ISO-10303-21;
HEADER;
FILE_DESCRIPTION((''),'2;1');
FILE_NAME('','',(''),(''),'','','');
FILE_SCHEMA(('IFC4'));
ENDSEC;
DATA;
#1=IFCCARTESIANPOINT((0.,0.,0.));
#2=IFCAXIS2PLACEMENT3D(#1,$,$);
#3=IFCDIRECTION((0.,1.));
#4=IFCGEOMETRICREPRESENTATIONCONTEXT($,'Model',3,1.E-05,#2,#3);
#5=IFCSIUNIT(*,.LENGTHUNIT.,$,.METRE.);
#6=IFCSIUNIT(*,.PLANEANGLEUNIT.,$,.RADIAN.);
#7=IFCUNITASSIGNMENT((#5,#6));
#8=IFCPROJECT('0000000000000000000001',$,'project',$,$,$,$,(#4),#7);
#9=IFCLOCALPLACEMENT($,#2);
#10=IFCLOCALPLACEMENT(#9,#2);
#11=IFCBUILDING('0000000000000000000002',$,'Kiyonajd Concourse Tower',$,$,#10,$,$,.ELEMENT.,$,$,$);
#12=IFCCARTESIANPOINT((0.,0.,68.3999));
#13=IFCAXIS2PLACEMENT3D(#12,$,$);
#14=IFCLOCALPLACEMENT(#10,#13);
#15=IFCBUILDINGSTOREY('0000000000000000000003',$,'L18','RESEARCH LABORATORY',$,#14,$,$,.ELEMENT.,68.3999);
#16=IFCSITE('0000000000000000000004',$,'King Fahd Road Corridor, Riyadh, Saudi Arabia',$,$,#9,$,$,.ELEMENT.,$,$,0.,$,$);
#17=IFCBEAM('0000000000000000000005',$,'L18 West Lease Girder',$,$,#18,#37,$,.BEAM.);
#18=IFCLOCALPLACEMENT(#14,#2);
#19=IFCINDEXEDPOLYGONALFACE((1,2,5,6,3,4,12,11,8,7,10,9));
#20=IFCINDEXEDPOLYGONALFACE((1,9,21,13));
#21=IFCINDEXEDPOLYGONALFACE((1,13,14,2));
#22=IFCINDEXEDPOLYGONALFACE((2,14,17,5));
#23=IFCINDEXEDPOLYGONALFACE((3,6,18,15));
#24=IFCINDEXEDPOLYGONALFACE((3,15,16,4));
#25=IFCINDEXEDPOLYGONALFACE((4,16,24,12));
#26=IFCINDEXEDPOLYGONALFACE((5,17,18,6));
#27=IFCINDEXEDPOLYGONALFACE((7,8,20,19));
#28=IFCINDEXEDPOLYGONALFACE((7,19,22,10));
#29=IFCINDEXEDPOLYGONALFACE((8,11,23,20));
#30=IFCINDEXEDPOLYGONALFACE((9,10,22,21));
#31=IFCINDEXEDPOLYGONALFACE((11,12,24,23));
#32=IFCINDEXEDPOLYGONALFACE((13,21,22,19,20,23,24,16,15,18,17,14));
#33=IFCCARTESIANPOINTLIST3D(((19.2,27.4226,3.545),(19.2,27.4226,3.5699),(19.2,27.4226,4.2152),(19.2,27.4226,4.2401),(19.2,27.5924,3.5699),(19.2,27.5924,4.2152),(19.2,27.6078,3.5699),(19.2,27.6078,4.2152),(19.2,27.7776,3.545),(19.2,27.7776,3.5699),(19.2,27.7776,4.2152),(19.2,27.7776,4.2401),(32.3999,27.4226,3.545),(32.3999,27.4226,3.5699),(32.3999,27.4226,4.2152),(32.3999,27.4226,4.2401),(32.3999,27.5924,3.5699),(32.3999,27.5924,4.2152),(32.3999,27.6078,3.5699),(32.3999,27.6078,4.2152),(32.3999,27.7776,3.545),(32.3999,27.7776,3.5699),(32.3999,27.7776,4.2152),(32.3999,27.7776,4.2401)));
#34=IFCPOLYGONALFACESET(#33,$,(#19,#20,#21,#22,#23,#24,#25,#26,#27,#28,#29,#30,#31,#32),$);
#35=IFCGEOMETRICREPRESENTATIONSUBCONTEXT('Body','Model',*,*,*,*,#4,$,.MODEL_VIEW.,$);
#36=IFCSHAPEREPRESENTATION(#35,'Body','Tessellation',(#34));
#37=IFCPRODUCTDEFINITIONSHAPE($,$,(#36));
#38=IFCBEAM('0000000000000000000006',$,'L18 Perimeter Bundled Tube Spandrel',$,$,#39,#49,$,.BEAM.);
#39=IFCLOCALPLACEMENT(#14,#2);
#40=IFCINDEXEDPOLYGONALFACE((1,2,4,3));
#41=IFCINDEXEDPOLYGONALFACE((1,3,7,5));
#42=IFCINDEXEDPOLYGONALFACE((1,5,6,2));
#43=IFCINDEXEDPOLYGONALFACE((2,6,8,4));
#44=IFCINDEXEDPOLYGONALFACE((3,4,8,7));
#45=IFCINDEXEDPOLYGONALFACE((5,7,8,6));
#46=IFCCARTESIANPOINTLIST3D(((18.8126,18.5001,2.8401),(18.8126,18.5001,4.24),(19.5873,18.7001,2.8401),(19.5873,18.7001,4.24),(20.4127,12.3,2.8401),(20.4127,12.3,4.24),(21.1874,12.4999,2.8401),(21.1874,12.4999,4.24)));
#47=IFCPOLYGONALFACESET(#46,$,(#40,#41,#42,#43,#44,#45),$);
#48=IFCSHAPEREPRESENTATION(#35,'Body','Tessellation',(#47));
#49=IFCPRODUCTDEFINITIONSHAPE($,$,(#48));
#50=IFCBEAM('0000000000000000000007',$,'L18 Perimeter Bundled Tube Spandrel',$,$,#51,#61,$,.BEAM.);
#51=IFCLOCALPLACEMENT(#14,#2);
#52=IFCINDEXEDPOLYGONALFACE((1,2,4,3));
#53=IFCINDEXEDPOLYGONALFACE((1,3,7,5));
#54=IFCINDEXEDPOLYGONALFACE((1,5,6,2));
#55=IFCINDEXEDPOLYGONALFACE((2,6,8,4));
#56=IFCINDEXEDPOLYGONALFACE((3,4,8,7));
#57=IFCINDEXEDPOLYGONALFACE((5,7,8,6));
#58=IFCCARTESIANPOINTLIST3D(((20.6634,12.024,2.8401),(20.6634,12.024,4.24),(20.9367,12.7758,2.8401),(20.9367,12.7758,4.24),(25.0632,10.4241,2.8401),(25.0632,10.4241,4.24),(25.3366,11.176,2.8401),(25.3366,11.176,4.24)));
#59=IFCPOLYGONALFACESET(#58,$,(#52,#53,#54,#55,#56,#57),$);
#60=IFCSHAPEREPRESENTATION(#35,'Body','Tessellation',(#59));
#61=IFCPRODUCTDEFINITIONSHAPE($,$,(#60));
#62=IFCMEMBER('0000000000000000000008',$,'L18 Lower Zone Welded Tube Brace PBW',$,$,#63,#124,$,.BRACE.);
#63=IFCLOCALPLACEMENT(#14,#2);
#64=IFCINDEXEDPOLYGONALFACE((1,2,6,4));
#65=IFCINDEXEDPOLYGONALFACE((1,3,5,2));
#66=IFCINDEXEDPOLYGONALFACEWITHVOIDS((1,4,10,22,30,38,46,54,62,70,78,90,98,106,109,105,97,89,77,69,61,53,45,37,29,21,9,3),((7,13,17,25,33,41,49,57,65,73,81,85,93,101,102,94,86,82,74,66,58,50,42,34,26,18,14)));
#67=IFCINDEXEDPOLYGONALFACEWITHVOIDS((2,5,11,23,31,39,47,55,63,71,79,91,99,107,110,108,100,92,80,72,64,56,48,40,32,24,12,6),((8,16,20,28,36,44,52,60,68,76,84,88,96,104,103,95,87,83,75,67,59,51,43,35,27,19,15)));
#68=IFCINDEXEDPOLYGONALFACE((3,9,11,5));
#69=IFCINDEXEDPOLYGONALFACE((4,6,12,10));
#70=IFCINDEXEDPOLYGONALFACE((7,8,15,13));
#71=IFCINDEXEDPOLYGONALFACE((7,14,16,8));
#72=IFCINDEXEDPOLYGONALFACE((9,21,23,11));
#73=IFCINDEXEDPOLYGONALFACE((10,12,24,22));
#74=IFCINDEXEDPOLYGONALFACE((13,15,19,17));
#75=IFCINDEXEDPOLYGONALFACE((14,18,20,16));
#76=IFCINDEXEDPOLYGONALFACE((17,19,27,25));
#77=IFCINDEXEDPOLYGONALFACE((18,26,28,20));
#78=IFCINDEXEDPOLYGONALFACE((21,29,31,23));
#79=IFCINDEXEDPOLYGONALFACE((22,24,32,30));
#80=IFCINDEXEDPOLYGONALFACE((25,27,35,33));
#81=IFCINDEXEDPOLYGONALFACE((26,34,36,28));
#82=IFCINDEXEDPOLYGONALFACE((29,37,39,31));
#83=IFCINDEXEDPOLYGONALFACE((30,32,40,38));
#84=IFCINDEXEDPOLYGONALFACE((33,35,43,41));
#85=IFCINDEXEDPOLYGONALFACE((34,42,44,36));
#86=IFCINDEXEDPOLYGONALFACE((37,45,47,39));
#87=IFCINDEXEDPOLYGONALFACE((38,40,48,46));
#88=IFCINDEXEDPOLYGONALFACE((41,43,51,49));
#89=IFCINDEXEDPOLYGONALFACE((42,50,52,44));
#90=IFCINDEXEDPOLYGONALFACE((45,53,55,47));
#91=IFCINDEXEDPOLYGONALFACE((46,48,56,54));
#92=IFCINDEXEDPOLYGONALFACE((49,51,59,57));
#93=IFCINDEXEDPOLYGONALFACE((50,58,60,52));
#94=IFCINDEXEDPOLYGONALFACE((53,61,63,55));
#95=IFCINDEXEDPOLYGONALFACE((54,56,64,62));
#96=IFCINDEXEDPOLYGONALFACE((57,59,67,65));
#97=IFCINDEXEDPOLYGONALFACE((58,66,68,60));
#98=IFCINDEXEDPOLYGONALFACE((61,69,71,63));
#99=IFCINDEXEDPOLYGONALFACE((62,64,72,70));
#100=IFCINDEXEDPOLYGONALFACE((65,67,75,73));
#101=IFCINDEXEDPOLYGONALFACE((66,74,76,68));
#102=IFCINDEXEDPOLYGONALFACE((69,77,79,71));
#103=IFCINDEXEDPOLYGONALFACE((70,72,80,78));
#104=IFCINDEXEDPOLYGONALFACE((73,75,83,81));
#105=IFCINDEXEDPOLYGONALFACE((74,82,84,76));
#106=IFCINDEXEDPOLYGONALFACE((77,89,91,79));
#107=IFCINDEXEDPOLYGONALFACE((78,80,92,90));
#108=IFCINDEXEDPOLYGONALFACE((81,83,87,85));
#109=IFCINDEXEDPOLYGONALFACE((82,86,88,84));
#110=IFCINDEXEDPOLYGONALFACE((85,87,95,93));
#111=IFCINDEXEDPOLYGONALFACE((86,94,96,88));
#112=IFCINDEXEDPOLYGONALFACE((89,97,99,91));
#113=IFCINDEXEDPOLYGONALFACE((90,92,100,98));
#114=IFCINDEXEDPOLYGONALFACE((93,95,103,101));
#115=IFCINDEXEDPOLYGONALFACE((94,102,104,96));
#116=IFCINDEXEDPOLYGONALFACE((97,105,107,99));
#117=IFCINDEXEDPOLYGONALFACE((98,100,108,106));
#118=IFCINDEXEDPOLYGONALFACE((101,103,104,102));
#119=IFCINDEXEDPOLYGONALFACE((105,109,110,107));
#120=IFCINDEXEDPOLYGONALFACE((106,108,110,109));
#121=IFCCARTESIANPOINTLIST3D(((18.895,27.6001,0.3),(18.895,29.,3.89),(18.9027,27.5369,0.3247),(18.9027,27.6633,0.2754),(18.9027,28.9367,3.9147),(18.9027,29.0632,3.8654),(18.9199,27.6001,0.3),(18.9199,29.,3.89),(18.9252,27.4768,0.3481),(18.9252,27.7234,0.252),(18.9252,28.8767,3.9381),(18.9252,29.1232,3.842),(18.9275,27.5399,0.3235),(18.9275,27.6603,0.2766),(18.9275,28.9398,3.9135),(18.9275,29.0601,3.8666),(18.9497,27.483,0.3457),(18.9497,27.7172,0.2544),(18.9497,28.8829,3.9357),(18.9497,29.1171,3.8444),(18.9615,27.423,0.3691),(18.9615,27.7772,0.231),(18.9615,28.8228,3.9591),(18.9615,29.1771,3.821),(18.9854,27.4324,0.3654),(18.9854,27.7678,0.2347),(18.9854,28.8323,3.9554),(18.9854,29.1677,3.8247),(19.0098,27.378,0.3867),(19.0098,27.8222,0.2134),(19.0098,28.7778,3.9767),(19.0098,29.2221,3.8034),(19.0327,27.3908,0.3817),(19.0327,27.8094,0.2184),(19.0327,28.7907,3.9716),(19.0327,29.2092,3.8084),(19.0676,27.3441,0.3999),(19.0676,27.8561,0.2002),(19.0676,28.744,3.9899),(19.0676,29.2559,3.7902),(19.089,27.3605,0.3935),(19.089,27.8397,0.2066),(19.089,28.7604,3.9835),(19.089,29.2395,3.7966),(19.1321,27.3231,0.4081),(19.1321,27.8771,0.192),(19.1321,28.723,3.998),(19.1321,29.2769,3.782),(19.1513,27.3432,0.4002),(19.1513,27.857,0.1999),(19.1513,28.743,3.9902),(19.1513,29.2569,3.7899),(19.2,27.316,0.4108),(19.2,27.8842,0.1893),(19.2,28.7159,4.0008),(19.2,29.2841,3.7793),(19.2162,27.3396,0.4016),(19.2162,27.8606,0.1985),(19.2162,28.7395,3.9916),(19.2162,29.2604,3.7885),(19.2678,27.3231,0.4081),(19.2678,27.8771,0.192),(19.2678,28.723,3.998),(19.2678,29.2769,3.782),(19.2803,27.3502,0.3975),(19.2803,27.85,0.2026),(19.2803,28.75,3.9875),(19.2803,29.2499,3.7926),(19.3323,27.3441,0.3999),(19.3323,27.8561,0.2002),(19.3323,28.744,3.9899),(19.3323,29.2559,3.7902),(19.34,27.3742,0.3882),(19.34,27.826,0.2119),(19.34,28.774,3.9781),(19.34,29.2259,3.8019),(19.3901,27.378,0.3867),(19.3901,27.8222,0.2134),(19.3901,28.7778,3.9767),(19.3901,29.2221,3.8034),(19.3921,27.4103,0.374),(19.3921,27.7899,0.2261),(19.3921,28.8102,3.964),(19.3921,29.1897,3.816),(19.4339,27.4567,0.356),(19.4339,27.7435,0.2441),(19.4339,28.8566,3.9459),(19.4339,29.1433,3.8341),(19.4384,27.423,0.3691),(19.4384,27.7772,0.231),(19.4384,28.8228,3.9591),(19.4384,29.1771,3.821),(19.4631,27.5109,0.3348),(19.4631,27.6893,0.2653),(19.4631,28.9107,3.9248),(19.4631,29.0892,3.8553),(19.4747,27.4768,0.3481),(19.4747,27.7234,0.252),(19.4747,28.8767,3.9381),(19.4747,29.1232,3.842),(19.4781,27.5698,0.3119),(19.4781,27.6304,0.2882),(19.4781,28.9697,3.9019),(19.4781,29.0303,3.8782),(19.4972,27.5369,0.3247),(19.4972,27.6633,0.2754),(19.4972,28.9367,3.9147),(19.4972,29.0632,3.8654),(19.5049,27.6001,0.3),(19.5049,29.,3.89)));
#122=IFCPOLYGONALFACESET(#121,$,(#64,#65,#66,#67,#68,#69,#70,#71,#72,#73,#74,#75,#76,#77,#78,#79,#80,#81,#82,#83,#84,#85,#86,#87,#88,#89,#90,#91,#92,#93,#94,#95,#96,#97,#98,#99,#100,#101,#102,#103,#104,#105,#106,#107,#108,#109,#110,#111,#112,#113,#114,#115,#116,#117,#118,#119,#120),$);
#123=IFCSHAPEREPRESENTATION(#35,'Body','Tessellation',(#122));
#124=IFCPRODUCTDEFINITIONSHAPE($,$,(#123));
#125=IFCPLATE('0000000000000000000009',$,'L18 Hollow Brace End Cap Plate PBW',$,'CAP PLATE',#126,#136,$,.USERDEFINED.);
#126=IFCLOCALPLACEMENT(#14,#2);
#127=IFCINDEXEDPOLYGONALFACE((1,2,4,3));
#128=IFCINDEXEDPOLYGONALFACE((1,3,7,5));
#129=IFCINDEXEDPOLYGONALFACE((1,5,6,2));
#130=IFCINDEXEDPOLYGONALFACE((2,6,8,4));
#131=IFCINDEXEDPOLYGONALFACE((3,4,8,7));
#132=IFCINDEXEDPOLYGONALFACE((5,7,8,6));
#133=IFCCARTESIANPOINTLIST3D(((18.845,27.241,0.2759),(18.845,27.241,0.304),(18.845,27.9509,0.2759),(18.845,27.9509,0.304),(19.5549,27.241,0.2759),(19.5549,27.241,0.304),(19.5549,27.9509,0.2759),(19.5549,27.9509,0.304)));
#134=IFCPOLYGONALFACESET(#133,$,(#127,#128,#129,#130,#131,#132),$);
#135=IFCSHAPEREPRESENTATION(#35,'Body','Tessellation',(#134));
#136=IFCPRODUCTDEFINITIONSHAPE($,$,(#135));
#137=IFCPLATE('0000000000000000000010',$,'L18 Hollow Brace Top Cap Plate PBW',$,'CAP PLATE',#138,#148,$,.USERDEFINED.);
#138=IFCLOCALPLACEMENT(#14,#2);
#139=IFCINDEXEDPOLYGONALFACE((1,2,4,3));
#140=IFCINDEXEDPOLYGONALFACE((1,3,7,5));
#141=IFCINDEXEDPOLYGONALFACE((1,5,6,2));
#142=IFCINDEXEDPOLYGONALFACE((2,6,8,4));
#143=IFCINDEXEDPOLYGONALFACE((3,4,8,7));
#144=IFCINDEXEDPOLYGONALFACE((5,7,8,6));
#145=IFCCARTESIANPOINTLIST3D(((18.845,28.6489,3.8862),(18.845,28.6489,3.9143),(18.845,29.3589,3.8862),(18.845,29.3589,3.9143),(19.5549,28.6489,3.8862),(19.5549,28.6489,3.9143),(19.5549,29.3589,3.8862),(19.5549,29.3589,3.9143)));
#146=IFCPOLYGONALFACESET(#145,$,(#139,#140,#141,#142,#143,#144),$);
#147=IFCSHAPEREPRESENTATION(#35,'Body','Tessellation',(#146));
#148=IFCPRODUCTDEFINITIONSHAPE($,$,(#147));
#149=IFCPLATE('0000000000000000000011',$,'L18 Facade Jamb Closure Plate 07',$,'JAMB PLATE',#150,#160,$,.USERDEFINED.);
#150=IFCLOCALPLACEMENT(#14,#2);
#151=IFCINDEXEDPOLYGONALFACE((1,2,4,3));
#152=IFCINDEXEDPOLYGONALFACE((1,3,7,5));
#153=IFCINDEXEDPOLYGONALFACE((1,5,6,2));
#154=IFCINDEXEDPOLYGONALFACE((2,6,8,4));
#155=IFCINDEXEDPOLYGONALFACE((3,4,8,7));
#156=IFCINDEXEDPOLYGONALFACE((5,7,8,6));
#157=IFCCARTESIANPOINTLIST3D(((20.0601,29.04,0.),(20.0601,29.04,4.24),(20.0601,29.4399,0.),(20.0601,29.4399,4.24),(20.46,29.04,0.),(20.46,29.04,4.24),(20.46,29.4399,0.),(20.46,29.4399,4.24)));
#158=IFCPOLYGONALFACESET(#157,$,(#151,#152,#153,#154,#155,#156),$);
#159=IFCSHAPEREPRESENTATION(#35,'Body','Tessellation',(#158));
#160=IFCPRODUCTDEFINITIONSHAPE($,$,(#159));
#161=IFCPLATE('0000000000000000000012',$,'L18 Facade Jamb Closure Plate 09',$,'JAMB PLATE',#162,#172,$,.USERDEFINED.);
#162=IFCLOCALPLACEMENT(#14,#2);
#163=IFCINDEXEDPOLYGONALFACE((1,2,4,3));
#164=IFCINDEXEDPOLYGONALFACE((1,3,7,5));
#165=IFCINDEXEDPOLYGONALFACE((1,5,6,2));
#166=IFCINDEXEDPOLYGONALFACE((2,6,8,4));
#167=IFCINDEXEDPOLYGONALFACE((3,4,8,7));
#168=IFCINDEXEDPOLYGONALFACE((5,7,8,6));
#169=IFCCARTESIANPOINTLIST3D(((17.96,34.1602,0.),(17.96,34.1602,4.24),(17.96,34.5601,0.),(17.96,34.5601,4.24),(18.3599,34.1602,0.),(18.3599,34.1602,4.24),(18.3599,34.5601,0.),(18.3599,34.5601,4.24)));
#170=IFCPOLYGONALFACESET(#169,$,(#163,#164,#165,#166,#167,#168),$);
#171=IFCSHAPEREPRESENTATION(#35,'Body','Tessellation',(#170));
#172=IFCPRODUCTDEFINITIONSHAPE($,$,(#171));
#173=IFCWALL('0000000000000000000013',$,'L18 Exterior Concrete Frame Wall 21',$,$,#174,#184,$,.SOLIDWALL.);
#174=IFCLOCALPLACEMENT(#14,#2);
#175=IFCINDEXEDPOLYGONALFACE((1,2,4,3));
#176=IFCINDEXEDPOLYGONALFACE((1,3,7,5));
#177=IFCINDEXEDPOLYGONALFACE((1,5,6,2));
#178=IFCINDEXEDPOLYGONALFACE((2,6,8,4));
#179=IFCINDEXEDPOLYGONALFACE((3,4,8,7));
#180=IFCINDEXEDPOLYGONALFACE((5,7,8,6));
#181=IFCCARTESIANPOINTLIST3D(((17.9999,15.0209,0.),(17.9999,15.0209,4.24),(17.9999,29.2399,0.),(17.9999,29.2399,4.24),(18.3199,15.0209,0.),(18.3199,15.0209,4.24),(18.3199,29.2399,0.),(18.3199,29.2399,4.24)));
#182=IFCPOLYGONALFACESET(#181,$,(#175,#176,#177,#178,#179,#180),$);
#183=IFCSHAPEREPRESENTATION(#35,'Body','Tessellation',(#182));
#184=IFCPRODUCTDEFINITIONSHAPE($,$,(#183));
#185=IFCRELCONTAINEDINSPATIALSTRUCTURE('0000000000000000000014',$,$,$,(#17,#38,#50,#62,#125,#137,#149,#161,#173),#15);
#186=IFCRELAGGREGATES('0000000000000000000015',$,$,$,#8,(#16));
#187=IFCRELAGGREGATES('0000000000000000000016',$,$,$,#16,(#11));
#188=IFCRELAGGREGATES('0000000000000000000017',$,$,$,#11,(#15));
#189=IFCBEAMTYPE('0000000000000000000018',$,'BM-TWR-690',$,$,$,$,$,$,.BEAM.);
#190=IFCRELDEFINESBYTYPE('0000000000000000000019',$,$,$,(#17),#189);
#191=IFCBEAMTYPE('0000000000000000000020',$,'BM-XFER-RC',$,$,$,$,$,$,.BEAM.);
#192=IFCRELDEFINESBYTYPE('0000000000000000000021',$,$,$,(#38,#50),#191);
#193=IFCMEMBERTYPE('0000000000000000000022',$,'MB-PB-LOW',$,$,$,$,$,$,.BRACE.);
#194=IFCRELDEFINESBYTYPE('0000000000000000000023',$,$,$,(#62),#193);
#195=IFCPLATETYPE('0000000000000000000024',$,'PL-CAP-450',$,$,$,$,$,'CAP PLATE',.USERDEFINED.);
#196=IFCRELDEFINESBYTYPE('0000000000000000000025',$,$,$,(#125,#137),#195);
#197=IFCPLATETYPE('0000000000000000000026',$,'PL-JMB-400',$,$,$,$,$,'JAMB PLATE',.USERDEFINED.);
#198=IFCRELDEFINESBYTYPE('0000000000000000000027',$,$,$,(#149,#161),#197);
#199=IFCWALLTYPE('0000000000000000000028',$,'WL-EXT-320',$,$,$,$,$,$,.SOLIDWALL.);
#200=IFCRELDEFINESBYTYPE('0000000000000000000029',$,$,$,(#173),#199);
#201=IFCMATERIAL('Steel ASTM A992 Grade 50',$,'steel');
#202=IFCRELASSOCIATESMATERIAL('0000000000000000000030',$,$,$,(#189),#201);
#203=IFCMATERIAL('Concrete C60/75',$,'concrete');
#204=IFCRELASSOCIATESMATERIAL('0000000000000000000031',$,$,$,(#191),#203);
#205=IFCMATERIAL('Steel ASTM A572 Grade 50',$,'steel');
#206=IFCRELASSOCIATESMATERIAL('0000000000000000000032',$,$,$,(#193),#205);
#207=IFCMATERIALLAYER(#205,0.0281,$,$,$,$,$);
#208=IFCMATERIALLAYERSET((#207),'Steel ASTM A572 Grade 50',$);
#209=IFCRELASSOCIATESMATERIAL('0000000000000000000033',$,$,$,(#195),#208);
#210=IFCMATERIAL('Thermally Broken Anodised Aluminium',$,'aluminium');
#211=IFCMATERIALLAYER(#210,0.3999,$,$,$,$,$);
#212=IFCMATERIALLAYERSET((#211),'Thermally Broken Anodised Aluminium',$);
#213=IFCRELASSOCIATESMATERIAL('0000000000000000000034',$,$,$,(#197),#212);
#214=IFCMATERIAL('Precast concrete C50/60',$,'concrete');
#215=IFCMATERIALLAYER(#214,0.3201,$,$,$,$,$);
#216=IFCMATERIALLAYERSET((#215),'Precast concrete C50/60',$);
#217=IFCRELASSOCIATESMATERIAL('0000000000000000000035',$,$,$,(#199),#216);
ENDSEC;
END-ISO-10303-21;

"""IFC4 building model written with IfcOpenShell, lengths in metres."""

from ifc_helpers import new_model, si_unit, direction, frame, frame_2d, origin, origin_2d, place, context, subcontext, project, spatial, rectangle, hollow_circle, i_section, extrude, material, layer, layer_set, material_profile, profile_set, type_object, element, save


model = new_model("IFC4")

# Units and contexts
model_context = context("Model", 3, precision=1e-05, world=origin(), true_north=direction((0.0, 1.0)))
body_context = subcontext(model_context, "Body", "Model", "MODEL_VIEW")
ifc_project = project(units=[si_unit("LENGTHUNIT", "METRE"), si_unit("PLANEANGLEUNIT", "RADIAN")], contexts=[model_context])

# Site, building, storey
site_placement = place(None, origin())
site = spatial("IfcSite", under=ifc_project, at=site_placement, Name="King Fahd Road Corridor, Riyadh, Saudi Arabia", CompositionType="ELEMENT", RefElevation=0.0)
building_placement = place(site_placement, origin())
building = spatial("IfcBuilding", under=site, at=building_placement, Name="Kiyonajd Concourse Tower", CompositionType="ELEMENT")
storey_placement = place(building_placement, frame((0.0, 0.0, 68.3999)))
storey = spatial("IfcBuildingStorey", under=building, at=storey_placement, Name="L18", Description="RESEARCH LABORATORY", CompositionType="ELEMENT", Elevation=68.3999)

# Beams
ifc_material_1 = material(Name="Steel ASTM A992 Grade 50", Category="steel")
ifc_material_2 = material(Name="Precast concrete C50/60", Category="concrete")
ifc_material_profile_1 = material_profile(ifc_material_1, i_section(OverallWidth=0.355, OverallDepth=0.6951, WebThickness=0.0154, FlangeThickness=0.0249, at=origin_2d()), Name="W690X217")
ifc_profile_set_1 = profile_set([ifc_material_profile_1], Name="Steel ASTM A992 Grade 50")
beam_type_1 = type_object("IfcBeamType", Name="BM-TWR-690", PredefinedType="BEAM", material=ifc_profile_set_1)
beam_1_placement = place(storey_placement, frame((19.2, 27.6001, 3.8926), z_axis=(1.0, 0.0, 0.0), x_axis=(0.0, 1.0, 0.0)))
element("IfcBeam", 1, at=beam_1_placement, inside=storey, type_object=beam_type_1, Name="L18 West Lease Girder", PredefinedType="BEAM", context=body_context, shape_type="SweptSolid", body=[
    extrude(i_section(OverallWidth=0.355, OverallDepth=0.6951, WebThickness=0.0154, FlangeThickness=0.0249, at=origin_2d()), origin(), (0.0, 0.0, 1.0), 13.2),
])
ifc_material_3 = material(Name="Concrete C60/75", Category="concrete")
ifc_material_profile_2 = material_profile(ifc_material_3, rectangle(XDim=0.8, YDim=1.3999, at=origin_2d()), Name="RCBM-800x1400")
ifc_profile_set_2 = profile_set([ifc_material_profile_2], Name="Concrete C60/75")
beam_type_2 = type_object("IfcBeamType", Name="BM-XFER-RC", PredefinedType="BEAM", material=ifc_profile_set_2)
beam_2_placement = place(storey_placement, frame((19.2, 18.6001, 3.54), z_axis=(0.249885, -0.968276, 0.0), x_axis=(0.968276, 0.249885, 0.0)))
element("IfcBeam", 2, at=beam_2_placement, inside=storey, type_object=beam_type_2, Name="L18 Perimeter Bundled Tube Spandrel", PredefinedType="BEAM", context=body_context, shape_type="SweptSolid", body=[
    extrude(rectangle(XDim=0.8, YDim=1.3999, at=origin_2d()), origin(), (0.0, 0.0, 1.0), 6.4033),
])
beam_3_placement = place(storey_placement, frame((20.8, 12.3999, 3.54), z_axis=(0.939801, -0.341722, 0.0), x_axis=(0.341722, 0.939801, 0.0)))
element("IfcBeam", 3, at=beam_3_placement, inside=storey, type_object=beam_type_2, Name="L18 Perimeter Bundled Tube Spandrel", PredefinedType="BEAM", context=body_context, shape_type="SweptSolid", body=[
    extrude(rectangle(XDim=0.8, YDim=1.3999, at=origin_2d()), origin(), (0.0, 0.0, 1.0), 4.6816),
])

# Member
ifc_material_4 = material(Name="Steel ASTM A572 Grade 50", Category="steel")
ifc_material_profile_3 = material_profile(ifc_material_4, hollow_circle(Radius=0.3049, WallThickness=0.0249, at=origin_2d()), Name="CHS-610x25")
ifc_profile_set_3 = profile_set([ifc_material_profile_3], Name="Steel ASTM A572 Grade 50")
member_type = type_object("IfcMemberType", Name="MB-PB-LOW", PredefinedType="BRACE", material=ifc_profile_set_3)
member_placement = place(storey_placement, frame((19.2, 27.6001, 0.3), z_axis=(0.0, 0.363293, 0.931675), x_axis=(-1.0, 0.0, 0.0)))
element("IfcMember", 4, at=member_placement, inside=storey, type_object=member_type, Name="L18 Lower Zone Welded Tube Brace PBW", PredefinedType="BRACE", context=body_context, shape_type="SweptSolid", body=[
    extrude(hollow_circle(Radius=0.3049, WallThickness=0.0249, at=origin_2d()), origin(), (0.0, 0.0, 1.0), 3.8533),
])

# Plates
ifc_layer_1 = layer(ifc_material_4, 0.0281)
ifc_layer_set_1 = layer_set([ifc_layer_1], Name="Steel ASTM A572 Grade 50")
plate_type_1 = type_object("IfcPlateType", Name="PL-CAP-450", ElementType="CAP PLATE", PredefinedType="USERDEFINED", material=ifc_layer_set_1)
for number, where, z_axis, x_axis, name in (
    (5, (19.2, 27.5959, 0.2759), (0.0, 0.0, 1.0), (1.0, 0.0, 0.0), "L18 Hollow Brace End Cap Plate PBW"),
    (6, (19.2, 29.0039, 3.8862), (0.0, 0.0, 1.0), (1.0, 0.0, 0.0), "L18 Hollow Brace Top Cap Plate PBW"),
):
    element("IfcPlate", number, at=place(storey_placement, frame(where, z_axis=z_axis, x_axis=x_axis)), inside=storey, type_object=plate_type_1, Name=name, ObjectType="CAP PLATE", PredefinedType="USERDEFINED", context=body_context, shape_type="SweptSolid", body=[
        extrude(rectangle(XDim=0.71, YDim=0.71, at=origin_2d()), origin(), (0.0, 0.0, 1.0), 0.0281),
    ])
ifc_material_5 = material(Name="Thermally Broken Anodised Aluminium", Category="aluminium")
ifc_layer_2 = layer(ifc_material_5, 0.3999)
ifc_layer_set_2 = layer_set([ifc_layer_2], Name="Thermally Broken Anodised Aluminium")
plate_type_2 = type_object("IfcPlateType", Name="PL-JMB-400", ElementType="JAMB PLATE", PredefinedType="USERDEFINED", material=ifc_layer_set_2)
for number, where, z_axis, x_axis, name in (
    (7, (20.26, 29.24, 0.0), (0.0, 0.0, 1.0), (1.0, 0.0, 0.0), "L18 Facade Jamb Closure Plate 07"),
    (8, (18.1599, 34.3601, 0.0), (0.0, 0.0, 1.0), (1.0, 0.0, 0.0), "L18 Facade Jamb Closure Plate 09"),
):
    element("IfcPlate", number, at=place(storey_placement, frame(where, z_axis=z_axis, x_axis=x_axis)), inside=storey, type_object=plate_type_2, Name=name, ObjectType="JAMB PLATE", PredefinedType="USERDEFINED", context=body_context, shape_type="SweptSolid", body=[
        extrude(rectangle(XDim=0.3999, YDim=0.3999, at=origin_2d()), origin(), (0.0, 0.0, 1.0), 4.24),
    ])

# Wall
ifc_layer_3 = layer(ifc_material_2, 0.3201)
ifc_layer_set_3 = layer_set([ifc_layer_3], Name="Precast concrete C50/60")
wall_type_1 = type_object("IfcWallType", Name="WL-EXT-320", PredefinedType="SOLIDWALL", material=ifc_layer_set_3)
wall_1_placement = place(storey_placement, frame((18.1599, 15.021, 0.0), z_axis=(0.0, 0.0, 1.0), x_axis=(0.0, 1.0, 0.0)))
element("IfcWall", 9, at=wall_1_placement, inside=storey, type_object=wall_type_1, Name="L18 Exterior Concrete Frame Wall 21", PredefinedType="SOLIDWALL", context=body_context, shape_type="SweptSolid", body=[
    extrude(rectangle(XDim=14.219, YDim=0.3201, at=frame_2d((7.1094, 0.0))), origin(), (0.0, 0.0, 1.0), 4.24),
])

save(model, "model.ifc")
